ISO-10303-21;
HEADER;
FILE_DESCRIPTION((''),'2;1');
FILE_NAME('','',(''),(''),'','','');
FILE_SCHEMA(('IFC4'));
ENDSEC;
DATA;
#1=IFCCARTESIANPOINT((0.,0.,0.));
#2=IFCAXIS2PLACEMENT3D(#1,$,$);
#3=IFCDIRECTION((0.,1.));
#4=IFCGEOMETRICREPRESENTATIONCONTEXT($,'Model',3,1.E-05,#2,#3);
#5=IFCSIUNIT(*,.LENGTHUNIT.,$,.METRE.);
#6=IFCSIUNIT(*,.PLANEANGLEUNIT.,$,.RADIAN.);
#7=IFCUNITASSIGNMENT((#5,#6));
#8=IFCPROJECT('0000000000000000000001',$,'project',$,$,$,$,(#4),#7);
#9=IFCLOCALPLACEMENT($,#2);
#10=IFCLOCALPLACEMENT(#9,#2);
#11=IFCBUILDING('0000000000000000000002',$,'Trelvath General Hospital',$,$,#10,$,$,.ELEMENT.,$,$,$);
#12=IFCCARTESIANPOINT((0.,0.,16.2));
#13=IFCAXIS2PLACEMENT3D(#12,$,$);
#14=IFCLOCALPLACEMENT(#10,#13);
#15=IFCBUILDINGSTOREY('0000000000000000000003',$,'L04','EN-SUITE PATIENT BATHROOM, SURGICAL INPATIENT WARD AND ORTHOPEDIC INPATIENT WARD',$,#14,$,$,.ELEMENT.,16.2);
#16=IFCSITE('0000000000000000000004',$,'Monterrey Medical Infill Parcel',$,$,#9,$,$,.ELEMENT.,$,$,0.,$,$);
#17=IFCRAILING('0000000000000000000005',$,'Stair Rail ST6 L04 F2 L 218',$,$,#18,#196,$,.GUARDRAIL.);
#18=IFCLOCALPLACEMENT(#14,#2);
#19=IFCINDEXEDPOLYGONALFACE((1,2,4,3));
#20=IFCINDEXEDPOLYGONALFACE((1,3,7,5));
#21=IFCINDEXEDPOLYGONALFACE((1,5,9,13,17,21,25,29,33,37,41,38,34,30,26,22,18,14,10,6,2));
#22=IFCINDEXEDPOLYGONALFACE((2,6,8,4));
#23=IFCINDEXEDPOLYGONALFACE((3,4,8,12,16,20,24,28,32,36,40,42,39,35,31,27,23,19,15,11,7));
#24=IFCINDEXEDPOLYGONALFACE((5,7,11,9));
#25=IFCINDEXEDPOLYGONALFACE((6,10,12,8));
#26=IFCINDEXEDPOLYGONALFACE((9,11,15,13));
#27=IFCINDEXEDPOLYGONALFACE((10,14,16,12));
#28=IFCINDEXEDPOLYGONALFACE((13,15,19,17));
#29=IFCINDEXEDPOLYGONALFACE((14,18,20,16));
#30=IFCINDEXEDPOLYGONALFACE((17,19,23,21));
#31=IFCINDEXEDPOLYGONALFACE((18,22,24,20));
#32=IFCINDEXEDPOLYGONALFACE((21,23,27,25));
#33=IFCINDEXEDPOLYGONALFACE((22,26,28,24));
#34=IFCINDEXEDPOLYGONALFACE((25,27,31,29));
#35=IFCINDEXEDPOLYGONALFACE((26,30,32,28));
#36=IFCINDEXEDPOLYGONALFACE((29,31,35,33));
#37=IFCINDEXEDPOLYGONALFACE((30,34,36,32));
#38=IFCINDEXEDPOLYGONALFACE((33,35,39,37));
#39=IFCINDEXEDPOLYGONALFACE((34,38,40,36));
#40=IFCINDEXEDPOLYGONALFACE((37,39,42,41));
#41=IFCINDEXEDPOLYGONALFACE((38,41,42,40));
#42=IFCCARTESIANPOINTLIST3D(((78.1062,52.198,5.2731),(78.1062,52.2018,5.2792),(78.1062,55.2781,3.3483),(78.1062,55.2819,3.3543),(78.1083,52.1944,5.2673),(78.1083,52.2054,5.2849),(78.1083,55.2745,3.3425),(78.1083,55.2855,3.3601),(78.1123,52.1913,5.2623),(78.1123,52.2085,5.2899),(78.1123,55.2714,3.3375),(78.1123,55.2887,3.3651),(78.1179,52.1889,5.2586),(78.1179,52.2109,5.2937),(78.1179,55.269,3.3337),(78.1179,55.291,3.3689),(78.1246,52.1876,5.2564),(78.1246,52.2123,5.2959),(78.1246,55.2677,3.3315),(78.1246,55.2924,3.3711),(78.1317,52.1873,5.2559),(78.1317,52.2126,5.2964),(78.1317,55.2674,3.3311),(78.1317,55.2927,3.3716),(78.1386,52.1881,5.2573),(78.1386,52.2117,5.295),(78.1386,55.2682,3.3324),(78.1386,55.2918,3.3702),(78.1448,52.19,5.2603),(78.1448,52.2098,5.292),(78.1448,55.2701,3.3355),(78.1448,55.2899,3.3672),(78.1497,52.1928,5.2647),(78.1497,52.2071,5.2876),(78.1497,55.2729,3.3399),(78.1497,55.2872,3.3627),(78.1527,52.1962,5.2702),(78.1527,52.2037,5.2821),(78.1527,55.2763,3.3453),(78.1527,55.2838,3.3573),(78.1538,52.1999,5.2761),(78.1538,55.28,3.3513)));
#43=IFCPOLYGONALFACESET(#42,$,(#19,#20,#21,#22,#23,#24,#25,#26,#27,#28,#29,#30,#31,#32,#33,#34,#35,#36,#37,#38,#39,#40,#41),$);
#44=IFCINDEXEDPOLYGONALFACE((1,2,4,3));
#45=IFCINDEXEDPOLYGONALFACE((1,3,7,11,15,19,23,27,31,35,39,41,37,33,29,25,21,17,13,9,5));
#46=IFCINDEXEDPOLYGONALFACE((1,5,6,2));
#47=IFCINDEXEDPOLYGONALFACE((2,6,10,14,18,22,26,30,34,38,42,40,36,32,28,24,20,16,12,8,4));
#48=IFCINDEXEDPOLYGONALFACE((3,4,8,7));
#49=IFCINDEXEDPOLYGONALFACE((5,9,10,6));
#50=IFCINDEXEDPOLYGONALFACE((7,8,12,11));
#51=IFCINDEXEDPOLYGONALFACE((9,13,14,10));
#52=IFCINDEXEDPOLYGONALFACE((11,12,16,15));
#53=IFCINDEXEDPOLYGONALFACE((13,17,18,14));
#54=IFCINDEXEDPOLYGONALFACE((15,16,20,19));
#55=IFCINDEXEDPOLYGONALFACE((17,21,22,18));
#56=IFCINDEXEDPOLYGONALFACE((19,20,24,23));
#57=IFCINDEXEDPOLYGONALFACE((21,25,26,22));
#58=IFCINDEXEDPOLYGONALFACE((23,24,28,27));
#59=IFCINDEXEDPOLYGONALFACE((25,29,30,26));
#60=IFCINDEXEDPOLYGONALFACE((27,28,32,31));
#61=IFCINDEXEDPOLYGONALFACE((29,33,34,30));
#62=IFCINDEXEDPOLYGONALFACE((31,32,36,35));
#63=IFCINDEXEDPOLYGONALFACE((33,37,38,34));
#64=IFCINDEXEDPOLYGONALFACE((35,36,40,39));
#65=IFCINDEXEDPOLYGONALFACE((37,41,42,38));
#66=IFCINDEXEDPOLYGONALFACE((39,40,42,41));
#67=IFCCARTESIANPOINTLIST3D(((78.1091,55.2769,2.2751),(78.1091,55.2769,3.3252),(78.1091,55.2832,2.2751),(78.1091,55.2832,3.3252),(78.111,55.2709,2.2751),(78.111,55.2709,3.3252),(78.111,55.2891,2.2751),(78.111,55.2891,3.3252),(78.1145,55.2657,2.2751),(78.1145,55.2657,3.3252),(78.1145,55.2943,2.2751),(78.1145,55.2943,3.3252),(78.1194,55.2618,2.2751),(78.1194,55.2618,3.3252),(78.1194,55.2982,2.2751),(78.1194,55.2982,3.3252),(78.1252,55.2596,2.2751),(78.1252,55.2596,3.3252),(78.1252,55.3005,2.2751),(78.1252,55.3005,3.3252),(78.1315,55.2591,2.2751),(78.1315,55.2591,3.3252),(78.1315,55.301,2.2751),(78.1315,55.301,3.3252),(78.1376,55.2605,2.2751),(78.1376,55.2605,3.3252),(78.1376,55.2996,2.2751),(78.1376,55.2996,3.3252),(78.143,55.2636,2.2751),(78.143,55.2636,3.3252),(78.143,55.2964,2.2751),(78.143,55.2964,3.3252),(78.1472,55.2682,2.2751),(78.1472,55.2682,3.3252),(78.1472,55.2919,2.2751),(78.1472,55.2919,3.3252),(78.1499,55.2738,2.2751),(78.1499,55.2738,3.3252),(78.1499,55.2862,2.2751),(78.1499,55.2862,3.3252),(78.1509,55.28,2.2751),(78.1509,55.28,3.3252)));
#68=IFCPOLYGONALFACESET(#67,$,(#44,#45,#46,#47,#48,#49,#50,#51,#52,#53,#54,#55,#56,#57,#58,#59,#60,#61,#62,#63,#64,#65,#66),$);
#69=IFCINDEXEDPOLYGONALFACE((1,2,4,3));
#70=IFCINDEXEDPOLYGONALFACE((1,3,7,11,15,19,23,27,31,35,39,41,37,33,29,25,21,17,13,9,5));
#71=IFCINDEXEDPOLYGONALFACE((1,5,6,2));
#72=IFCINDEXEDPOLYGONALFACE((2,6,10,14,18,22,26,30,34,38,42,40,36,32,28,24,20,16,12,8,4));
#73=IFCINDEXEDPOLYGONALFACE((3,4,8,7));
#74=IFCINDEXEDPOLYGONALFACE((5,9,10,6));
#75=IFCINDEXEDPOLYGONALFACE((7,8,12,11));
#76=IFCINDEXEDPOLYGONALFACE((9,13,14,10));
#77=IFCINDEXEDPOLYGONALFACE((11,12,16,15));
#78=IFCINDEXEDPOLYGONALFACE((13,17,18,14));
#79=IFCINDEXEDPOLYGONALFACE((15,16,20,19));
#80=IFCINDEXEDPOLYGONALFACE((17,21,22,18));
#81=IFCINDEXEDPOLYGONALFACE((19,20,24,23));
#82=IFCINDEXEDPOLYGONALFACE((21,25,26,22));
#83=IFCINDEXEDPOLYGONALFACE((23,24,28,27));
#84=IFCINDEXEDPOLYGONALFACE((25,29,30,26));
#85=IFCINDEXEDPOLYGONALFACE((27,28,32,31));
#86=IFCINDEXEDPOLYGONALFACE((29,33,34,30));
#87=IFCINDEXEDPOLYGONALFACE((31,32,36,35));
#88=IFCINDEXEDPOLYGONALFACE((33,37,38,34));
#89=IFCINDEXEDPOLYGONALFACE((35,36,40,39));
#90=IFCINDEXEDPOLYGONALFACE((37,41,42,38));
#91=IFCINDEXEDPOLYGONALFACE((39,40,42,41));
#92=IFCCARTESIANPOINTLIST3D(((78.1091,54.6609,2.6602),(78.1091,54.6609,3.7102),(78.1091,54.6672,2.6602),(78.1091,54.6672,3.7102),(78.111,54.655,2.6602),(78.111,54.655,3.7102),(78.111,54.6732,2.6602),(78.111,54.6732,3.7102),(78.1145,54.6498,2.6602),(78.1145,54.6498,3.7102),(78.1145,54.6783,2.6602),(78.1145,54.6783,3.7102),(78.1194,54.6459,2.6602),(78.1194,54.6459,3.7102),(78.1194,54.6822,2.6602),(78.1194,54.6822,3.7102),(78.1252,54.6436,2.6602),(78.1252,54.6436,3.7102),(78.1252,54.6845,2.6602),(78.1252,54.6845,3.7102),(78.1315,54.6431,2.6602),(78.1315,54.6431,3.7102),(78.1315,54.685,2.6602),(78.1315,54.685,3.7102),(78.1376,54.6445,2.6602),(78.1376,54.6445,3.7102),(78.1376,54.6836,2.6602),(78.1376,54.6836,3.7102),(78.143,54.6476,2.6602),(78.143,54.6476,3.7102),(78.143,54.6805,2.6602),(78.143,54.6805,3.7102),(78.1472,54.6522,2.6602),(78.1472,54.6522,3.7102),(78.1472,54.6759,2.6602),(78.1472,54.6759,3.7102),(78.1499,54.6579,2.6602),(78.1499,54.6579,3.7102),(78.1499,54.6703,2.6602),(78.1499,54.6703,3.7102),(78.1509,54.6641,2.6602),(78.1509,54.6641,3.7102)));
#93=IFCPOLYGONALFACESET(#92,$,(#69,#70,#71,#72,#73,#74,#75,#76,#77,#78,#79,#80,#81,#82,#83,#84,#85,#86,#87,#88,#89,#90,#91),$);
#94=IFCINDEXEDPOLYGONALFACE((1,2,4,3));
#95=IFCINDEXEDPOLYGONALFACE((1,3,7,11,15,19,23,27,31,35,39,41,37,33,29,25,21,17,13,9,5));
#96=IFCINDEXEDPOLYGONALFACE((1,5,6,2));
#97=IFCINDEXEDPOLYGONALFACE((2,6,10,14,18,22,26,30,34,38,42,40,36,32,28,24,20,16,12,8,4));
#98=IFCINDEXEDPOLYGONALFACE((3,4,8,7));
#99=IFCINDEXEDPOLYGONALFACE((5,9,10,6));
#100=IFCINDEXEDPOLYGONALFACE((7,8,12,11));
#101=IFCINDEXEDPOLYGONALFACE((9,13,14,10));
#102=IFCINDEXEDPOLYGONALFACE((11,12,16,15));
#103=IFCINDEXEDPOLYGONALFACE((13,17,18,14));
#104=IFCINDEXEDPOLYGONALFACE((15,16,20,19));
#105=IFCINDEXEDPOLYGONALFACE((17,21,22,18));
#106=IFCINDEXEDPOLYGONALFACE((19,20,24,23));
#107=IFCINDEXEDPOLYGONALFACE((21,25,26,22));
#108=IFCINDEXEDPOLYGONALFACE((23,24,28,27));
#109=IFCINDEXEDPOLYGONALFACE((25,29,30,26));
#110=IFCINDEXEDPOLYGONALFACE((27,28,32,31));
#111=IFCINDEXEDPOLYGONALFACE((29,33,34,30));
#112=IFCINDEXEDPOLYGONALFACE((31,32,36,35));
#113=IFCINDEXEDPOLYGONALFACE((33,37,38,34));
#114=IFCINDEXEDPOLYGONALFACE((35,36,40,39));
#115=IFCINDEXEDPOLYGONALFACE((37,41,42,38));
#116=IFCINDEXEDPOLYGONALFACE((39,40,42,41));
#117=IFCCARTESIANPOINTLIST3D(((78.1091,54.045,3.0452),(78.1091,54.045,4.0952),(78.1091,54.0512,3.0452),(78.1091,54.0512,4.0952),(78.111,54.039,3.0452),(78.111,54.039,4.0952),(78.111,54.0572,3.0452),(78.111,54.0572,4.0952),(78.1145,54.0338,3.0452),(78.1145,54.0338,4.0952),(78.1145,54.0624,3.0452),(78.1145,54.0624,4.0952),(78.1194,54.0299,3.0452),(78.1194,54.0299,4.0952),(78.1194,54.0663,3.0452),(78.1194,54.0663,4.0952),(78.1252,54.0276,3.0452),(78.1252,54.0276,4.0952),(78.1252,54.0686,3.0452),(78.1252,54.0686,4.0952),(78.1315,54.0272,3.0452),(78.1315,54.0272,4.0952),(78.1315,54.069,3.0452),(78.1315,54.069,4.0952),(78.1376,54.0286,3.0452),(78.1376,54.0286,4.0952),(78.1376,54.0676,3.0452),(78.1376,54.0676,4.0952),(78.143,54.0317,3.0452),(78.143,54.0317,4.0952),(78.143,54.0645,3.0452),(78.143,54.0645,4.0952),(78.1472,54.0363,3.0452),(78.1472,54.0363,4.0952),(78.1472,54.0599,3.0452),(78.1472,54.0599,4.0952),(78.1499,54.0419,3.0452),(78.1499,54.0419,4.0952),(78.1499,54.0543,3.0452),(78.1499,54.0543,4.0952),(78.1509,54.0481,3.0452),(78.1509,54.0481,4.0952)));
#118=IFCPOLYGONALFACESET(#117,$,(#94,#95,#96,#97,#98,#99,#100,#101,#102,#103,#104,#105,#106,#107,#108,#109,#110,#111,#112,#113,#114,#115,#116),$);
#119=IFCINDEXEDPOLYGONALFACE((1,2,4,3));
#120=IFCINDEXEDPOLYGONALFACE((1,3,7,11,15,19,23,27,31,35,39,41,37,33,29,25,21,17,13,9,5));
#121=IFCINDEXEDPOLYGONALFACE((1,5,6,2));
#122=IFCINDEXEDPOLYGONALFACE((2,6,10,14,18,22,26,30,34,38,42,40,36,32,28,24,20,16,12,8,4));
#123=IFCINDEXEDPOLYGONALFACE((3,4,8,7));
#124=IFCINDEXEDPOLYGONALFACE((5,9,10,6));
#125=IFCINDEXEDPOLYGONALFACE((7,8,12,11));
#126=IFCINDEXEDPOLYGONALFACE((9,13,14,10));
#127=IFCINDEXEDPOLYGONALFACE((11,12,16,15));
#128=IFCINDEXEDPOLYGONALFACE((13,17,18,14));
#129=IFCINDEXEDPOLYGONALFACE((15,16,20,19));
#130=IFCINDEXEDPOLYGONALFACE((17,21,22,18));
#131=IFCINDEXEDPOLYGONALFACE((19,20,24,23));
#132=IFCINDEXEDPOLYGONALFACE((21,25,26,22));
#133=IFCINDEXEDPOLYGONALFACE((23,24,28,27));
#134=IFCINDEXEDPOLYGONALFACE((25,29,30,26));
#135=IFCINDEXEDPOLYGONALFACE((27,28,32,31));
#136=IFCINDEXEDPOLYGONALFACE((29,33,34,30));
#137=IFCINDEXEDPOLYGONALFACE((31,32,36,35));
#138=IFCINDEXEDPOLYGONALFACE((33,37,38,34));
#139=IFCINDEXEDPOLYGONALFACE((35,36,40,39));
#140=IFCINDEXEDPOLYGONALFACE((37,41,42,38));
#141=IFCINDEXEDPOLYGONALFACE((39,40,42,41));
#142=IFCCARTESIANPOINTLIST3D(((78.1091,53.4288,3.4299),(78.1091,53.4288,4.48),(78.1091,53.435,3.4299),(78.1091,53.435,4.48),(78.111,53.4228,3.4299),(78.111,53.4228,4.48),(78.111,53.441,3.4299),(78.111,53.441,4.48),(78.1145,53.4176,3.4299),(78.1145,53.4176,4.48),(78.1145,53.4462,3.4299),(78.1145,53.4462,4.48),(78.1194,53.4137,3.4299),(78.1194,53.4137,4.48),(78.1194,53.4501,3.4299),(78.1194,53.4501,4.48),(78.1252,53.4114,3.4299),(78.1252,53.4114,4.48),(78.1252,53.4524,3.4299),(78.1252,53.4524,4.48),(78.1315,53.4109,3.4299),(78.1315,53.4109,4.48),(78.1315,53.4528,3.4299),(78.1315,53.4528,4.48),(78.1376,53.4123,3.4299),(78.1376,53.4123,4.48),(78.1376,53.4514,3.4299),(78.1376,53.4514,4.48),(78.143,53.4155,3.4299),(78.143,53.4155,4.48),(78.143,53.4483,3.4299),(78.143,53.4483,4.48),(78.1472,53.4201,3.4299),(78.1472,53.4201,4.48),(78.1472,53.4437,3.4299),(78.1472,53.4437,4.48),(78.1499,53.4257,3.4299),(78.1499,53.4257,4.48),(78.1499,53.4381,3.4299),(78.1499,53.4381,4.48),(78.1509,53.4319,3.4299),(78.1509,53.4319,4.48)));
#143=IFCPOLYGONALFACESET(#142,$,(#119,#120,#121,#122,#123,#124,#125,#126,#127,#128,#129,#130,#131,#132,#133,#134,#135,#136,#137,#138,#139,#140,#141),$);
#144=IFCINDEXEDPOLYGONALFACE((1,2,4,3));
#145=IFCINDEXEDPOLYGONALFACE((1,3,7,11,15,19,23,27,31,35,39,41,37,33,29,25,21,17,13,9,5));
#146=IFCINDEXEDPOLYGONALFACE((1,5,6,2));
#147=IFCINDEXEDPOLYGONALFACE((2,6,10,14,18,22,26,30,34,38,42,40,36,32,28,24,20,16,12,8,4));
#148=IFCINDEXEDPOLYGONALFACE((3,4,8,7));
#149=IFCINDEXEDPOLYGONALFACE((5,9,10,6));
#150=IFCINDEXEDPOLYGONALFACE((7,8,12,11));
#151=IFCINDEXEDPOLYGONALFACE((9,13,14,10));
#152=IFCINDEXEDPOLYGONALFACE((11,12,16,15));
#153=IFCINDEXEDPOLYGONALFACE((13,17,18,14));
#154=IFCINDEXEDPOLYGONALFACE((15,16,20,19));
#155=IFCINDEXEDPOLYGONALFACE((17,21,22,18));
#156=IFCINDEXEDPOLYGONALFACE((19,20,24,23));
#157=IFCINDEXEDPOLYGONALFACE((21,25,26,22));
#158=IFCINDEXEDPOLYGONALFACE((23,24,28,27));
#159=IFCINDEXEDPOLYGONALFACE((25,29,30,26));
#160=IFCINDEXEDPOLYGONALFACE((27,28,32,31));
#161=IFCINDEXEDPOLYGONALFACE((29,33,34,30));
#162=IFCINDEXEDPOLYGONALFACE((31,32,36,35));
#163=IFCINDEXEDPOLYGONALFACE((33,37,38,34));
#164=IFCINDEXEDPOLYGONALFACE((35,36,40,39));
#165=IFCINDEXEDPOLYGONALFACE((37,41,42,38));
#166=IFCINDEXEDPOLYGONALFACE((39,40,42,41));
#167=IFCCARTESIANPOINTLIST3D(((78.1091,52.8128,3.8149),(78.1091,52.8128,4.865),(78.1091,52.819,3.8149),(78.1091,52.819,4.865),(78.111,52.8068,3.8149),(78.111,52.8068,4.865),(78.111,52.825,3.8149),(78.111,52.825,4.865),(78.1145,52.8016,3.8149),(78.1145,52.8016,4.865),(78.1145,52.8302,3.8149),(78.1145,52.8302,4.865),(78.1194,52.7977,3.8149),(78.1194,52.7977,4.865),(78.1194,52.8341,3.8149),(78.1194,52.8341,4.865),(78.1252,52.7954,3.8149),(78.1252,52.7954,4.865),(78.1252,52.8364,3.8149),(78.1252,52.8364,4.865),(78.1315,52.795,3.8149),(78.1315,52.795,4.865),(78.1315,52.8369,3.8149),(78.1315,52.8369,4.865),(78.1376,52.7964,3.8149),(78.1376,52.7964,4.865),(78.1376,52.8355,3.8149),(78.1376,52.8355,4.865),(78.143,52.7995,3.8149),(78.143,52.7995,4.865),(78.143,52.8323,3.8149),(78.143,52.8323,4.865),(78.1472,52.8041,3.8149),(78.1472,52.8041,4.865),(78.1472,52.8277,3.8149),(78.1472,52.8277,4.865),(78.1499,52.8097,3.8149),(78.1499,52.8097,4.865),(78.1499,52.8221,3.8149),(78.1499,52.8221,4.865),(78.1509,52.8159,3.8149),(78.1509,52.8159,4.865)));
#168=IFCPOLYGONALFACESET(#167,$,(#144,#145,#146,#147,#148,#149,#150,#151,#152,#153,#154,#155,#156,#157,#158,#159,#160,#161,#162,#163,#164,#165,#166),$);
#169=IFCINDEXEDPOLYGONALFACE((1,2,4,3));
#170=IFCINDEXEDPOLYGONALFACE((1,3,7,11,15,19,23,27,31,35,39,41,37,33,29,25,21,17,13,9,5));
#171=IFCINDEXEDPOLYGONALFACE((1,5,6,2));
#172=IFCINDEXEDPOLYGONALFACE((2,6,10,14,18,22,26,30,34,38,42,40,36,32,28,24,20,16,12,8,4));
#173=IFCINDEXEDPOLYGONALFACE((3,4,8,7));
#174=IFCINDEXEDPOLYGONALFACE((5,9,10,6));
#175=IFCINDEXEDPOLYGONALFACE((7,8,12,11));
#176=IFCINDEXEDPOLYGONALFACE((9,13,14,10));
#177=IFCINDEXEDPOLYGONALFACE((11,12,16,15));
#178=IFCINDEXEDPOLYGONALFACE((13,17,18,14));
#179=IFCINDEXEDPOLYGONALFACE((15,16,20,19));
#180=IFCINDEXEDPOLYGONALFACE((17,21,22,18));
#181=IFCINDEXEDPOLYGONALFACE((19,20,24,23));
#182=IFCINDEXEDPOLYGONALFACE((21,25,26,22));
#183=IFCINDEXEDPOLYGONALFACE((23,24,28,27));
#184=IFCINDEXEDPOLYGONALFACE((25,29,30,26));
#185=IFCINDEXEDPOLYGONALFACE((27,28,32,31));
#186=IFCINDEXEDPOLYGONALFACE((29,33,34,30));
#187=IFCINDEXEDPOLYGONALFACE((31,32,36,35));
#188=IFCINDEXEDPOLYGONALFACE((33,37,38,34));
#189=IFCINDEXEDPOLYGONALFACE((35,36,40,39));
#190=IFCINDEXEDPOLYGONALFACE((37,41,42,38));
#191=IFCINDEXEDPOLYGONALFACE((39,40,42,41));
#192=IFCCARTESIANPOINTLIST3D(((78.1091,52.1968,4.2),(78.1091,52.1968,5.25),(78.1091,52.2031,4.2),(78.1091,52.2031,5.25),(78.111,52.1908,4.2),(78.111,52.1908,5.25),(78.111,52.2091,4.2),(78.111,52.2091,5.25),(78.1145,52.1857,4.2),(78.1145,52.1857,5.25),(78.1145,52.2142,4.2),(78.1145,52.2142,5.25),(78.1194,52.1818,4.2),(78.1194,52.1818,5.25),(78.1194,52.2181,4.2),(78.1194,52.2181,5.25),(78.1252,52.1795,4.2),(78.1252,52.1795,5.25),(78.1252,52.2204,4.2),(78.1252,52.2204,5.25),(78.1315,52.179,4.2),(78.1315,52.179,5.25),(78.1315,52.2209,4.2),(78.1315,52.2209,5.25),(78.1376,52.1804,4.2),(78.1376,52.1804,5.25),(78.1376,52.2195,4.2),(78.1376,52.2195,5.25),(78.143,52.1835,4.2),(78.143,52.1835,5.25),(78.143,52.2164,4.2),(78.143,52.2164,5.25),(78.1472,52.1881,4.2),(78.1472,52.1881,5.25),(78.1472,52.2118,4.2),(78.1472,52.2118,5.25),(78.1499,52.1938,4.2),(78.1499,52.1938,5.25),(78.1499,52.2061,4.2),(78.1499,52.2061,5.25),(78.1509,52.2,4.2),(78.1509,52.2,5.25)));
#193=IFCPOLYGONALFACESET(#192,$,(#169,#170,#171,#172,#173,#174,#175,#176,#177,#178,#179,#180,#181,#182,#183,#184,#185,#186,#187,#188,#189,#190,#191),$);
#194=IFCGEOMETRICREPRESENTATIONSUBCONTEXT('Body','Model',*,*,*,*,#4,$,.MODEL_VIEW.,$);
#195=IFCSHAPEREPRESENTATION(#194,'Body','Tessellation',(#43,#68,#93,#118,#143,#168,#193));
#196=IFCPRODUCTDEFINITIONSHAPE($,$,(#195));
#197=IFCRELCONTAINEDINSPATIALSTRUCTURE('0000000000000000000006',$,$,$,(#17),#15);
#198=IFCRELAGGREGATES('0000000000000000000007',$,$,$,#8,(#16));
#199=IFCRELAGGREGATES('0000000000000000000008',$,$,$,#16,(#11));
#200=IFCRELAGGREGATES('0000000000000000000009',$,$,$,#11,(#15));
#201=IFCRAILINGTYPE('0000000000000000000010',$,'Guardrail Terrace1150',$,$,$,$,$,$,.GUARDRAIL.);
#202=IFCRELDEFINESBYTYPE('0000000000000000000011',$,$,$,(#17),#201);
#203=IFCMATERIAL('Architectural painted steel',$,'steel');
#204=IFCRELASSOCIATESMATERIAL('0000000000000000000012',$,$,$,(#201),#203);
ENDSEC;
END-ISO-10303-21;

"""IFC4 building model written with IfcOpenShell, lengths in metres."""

from ifc_helpers import new_model, si_unit, direction, frame, origin, origin_2d, place, context, subcontext, project, spatial, circle, extrude, material, type_object, element, save


model = new_model("IFC4")

# Units and contexts
model_context = context("Model", 3, precision=1e-05, world=origin(), true_north=direction((0.0, 1.0)))
body_context = subcontext(model_context, "Body", "Model", "MODEL_VIEW")
ifc_project = project(units=[si_unit("LENGTHUNIT", "METRE"), si_unit("PLANEANGLEUNIT", "RADIAN")], contexts=[model_context])

# Site, building, storey
site_placement = place(None, origin())
site = spatial("IfcSite", under=ifc_project, at=site_placement, Name="Monterrey Medical Infill Parcel", CompositionType="ELEMENT", RefElevation=0.0)
building_placement = place(site_placement, origin())
building = spatial("IfcBuilding", under=site, at=building_placement, Name="Trelvath General Hospital", CompositionType="ELEMENT")
storey_placement = place(building_placement, frame((0.0, 0.0, 16.2)))
storey = spatial("IfcBuildingStorey", under=building, at=storey_placement, Name="L04", Description="EN-SUITE PATIENT BATHROOM, SURGICAL INPATIENT WARD AND ORTHOPEDIC INPATIENT WARD", CompositionType="ELEMENT", Elevation=16.2)

# Railing
ifc_material_1 = material(Name="Architectural painted steel", Category="steel")
railing_type_1 = type_object("IfcRailingType", Name="Guardrail Terrace1150", PredefinedType="GUARDRAIL", material=ifc_material_1)
railing_1_placement = place(storey_placement, frame((78.1299, 55.28, 2.2751)))
element("IfcRailing", 1, at=railing_1_placement, inside=storey, type_object=railing_type_1, Name="Stair Rail ST6 L04 F2 L 218", PredefinedType="GUARDRAIL", context=body_context, shape_type="SweptSolid", body=[
    extrude(circle(Radius=0.0239, at=origin_2d()), frame((0.0, 0.0, 1.0762), z_axis=(0.0, -0.848029, 0.529951), x_axis=(1.0, 0.0, 0.0)), (0.0, 0.0, 1.0), 3.6321),
    extrude(circle(Radius=0.021, at=origin_2d()), origin(), (0.0, 0.0, 1.0), 1.05),
    extrude(circle(Radius=0.021, at=origin_2d()), frame((0.0, -0.616, 0.385)), (0.0, 0.0, 1.0), 1.05),
    extrude(circle(Radius=0.021, at=origin_2d()), frame((0.0, -1.2319, 0.77)), (0.0, 0.0, 1.0), 1.05),
    extrude(circle(Radius=0.021, at=origin_2d()), frame((0.0, -1.8481, 1.1548)), (0.0, 0.0, 1.0), 1.05),
    extrude(circle(Radius=0.021, at=origin_2d()), frame((0.0, -2.4641, 1.5398)), (0.0, 0.0, 1.0), 1.05),
    extrude(circle(Radius=0.021, at=origin_2d()), frame((0.0, -3.0801, 1.9248)), (0.0, 0.0, 1.0), 1.05),
])

save(model, "model.ifc")
